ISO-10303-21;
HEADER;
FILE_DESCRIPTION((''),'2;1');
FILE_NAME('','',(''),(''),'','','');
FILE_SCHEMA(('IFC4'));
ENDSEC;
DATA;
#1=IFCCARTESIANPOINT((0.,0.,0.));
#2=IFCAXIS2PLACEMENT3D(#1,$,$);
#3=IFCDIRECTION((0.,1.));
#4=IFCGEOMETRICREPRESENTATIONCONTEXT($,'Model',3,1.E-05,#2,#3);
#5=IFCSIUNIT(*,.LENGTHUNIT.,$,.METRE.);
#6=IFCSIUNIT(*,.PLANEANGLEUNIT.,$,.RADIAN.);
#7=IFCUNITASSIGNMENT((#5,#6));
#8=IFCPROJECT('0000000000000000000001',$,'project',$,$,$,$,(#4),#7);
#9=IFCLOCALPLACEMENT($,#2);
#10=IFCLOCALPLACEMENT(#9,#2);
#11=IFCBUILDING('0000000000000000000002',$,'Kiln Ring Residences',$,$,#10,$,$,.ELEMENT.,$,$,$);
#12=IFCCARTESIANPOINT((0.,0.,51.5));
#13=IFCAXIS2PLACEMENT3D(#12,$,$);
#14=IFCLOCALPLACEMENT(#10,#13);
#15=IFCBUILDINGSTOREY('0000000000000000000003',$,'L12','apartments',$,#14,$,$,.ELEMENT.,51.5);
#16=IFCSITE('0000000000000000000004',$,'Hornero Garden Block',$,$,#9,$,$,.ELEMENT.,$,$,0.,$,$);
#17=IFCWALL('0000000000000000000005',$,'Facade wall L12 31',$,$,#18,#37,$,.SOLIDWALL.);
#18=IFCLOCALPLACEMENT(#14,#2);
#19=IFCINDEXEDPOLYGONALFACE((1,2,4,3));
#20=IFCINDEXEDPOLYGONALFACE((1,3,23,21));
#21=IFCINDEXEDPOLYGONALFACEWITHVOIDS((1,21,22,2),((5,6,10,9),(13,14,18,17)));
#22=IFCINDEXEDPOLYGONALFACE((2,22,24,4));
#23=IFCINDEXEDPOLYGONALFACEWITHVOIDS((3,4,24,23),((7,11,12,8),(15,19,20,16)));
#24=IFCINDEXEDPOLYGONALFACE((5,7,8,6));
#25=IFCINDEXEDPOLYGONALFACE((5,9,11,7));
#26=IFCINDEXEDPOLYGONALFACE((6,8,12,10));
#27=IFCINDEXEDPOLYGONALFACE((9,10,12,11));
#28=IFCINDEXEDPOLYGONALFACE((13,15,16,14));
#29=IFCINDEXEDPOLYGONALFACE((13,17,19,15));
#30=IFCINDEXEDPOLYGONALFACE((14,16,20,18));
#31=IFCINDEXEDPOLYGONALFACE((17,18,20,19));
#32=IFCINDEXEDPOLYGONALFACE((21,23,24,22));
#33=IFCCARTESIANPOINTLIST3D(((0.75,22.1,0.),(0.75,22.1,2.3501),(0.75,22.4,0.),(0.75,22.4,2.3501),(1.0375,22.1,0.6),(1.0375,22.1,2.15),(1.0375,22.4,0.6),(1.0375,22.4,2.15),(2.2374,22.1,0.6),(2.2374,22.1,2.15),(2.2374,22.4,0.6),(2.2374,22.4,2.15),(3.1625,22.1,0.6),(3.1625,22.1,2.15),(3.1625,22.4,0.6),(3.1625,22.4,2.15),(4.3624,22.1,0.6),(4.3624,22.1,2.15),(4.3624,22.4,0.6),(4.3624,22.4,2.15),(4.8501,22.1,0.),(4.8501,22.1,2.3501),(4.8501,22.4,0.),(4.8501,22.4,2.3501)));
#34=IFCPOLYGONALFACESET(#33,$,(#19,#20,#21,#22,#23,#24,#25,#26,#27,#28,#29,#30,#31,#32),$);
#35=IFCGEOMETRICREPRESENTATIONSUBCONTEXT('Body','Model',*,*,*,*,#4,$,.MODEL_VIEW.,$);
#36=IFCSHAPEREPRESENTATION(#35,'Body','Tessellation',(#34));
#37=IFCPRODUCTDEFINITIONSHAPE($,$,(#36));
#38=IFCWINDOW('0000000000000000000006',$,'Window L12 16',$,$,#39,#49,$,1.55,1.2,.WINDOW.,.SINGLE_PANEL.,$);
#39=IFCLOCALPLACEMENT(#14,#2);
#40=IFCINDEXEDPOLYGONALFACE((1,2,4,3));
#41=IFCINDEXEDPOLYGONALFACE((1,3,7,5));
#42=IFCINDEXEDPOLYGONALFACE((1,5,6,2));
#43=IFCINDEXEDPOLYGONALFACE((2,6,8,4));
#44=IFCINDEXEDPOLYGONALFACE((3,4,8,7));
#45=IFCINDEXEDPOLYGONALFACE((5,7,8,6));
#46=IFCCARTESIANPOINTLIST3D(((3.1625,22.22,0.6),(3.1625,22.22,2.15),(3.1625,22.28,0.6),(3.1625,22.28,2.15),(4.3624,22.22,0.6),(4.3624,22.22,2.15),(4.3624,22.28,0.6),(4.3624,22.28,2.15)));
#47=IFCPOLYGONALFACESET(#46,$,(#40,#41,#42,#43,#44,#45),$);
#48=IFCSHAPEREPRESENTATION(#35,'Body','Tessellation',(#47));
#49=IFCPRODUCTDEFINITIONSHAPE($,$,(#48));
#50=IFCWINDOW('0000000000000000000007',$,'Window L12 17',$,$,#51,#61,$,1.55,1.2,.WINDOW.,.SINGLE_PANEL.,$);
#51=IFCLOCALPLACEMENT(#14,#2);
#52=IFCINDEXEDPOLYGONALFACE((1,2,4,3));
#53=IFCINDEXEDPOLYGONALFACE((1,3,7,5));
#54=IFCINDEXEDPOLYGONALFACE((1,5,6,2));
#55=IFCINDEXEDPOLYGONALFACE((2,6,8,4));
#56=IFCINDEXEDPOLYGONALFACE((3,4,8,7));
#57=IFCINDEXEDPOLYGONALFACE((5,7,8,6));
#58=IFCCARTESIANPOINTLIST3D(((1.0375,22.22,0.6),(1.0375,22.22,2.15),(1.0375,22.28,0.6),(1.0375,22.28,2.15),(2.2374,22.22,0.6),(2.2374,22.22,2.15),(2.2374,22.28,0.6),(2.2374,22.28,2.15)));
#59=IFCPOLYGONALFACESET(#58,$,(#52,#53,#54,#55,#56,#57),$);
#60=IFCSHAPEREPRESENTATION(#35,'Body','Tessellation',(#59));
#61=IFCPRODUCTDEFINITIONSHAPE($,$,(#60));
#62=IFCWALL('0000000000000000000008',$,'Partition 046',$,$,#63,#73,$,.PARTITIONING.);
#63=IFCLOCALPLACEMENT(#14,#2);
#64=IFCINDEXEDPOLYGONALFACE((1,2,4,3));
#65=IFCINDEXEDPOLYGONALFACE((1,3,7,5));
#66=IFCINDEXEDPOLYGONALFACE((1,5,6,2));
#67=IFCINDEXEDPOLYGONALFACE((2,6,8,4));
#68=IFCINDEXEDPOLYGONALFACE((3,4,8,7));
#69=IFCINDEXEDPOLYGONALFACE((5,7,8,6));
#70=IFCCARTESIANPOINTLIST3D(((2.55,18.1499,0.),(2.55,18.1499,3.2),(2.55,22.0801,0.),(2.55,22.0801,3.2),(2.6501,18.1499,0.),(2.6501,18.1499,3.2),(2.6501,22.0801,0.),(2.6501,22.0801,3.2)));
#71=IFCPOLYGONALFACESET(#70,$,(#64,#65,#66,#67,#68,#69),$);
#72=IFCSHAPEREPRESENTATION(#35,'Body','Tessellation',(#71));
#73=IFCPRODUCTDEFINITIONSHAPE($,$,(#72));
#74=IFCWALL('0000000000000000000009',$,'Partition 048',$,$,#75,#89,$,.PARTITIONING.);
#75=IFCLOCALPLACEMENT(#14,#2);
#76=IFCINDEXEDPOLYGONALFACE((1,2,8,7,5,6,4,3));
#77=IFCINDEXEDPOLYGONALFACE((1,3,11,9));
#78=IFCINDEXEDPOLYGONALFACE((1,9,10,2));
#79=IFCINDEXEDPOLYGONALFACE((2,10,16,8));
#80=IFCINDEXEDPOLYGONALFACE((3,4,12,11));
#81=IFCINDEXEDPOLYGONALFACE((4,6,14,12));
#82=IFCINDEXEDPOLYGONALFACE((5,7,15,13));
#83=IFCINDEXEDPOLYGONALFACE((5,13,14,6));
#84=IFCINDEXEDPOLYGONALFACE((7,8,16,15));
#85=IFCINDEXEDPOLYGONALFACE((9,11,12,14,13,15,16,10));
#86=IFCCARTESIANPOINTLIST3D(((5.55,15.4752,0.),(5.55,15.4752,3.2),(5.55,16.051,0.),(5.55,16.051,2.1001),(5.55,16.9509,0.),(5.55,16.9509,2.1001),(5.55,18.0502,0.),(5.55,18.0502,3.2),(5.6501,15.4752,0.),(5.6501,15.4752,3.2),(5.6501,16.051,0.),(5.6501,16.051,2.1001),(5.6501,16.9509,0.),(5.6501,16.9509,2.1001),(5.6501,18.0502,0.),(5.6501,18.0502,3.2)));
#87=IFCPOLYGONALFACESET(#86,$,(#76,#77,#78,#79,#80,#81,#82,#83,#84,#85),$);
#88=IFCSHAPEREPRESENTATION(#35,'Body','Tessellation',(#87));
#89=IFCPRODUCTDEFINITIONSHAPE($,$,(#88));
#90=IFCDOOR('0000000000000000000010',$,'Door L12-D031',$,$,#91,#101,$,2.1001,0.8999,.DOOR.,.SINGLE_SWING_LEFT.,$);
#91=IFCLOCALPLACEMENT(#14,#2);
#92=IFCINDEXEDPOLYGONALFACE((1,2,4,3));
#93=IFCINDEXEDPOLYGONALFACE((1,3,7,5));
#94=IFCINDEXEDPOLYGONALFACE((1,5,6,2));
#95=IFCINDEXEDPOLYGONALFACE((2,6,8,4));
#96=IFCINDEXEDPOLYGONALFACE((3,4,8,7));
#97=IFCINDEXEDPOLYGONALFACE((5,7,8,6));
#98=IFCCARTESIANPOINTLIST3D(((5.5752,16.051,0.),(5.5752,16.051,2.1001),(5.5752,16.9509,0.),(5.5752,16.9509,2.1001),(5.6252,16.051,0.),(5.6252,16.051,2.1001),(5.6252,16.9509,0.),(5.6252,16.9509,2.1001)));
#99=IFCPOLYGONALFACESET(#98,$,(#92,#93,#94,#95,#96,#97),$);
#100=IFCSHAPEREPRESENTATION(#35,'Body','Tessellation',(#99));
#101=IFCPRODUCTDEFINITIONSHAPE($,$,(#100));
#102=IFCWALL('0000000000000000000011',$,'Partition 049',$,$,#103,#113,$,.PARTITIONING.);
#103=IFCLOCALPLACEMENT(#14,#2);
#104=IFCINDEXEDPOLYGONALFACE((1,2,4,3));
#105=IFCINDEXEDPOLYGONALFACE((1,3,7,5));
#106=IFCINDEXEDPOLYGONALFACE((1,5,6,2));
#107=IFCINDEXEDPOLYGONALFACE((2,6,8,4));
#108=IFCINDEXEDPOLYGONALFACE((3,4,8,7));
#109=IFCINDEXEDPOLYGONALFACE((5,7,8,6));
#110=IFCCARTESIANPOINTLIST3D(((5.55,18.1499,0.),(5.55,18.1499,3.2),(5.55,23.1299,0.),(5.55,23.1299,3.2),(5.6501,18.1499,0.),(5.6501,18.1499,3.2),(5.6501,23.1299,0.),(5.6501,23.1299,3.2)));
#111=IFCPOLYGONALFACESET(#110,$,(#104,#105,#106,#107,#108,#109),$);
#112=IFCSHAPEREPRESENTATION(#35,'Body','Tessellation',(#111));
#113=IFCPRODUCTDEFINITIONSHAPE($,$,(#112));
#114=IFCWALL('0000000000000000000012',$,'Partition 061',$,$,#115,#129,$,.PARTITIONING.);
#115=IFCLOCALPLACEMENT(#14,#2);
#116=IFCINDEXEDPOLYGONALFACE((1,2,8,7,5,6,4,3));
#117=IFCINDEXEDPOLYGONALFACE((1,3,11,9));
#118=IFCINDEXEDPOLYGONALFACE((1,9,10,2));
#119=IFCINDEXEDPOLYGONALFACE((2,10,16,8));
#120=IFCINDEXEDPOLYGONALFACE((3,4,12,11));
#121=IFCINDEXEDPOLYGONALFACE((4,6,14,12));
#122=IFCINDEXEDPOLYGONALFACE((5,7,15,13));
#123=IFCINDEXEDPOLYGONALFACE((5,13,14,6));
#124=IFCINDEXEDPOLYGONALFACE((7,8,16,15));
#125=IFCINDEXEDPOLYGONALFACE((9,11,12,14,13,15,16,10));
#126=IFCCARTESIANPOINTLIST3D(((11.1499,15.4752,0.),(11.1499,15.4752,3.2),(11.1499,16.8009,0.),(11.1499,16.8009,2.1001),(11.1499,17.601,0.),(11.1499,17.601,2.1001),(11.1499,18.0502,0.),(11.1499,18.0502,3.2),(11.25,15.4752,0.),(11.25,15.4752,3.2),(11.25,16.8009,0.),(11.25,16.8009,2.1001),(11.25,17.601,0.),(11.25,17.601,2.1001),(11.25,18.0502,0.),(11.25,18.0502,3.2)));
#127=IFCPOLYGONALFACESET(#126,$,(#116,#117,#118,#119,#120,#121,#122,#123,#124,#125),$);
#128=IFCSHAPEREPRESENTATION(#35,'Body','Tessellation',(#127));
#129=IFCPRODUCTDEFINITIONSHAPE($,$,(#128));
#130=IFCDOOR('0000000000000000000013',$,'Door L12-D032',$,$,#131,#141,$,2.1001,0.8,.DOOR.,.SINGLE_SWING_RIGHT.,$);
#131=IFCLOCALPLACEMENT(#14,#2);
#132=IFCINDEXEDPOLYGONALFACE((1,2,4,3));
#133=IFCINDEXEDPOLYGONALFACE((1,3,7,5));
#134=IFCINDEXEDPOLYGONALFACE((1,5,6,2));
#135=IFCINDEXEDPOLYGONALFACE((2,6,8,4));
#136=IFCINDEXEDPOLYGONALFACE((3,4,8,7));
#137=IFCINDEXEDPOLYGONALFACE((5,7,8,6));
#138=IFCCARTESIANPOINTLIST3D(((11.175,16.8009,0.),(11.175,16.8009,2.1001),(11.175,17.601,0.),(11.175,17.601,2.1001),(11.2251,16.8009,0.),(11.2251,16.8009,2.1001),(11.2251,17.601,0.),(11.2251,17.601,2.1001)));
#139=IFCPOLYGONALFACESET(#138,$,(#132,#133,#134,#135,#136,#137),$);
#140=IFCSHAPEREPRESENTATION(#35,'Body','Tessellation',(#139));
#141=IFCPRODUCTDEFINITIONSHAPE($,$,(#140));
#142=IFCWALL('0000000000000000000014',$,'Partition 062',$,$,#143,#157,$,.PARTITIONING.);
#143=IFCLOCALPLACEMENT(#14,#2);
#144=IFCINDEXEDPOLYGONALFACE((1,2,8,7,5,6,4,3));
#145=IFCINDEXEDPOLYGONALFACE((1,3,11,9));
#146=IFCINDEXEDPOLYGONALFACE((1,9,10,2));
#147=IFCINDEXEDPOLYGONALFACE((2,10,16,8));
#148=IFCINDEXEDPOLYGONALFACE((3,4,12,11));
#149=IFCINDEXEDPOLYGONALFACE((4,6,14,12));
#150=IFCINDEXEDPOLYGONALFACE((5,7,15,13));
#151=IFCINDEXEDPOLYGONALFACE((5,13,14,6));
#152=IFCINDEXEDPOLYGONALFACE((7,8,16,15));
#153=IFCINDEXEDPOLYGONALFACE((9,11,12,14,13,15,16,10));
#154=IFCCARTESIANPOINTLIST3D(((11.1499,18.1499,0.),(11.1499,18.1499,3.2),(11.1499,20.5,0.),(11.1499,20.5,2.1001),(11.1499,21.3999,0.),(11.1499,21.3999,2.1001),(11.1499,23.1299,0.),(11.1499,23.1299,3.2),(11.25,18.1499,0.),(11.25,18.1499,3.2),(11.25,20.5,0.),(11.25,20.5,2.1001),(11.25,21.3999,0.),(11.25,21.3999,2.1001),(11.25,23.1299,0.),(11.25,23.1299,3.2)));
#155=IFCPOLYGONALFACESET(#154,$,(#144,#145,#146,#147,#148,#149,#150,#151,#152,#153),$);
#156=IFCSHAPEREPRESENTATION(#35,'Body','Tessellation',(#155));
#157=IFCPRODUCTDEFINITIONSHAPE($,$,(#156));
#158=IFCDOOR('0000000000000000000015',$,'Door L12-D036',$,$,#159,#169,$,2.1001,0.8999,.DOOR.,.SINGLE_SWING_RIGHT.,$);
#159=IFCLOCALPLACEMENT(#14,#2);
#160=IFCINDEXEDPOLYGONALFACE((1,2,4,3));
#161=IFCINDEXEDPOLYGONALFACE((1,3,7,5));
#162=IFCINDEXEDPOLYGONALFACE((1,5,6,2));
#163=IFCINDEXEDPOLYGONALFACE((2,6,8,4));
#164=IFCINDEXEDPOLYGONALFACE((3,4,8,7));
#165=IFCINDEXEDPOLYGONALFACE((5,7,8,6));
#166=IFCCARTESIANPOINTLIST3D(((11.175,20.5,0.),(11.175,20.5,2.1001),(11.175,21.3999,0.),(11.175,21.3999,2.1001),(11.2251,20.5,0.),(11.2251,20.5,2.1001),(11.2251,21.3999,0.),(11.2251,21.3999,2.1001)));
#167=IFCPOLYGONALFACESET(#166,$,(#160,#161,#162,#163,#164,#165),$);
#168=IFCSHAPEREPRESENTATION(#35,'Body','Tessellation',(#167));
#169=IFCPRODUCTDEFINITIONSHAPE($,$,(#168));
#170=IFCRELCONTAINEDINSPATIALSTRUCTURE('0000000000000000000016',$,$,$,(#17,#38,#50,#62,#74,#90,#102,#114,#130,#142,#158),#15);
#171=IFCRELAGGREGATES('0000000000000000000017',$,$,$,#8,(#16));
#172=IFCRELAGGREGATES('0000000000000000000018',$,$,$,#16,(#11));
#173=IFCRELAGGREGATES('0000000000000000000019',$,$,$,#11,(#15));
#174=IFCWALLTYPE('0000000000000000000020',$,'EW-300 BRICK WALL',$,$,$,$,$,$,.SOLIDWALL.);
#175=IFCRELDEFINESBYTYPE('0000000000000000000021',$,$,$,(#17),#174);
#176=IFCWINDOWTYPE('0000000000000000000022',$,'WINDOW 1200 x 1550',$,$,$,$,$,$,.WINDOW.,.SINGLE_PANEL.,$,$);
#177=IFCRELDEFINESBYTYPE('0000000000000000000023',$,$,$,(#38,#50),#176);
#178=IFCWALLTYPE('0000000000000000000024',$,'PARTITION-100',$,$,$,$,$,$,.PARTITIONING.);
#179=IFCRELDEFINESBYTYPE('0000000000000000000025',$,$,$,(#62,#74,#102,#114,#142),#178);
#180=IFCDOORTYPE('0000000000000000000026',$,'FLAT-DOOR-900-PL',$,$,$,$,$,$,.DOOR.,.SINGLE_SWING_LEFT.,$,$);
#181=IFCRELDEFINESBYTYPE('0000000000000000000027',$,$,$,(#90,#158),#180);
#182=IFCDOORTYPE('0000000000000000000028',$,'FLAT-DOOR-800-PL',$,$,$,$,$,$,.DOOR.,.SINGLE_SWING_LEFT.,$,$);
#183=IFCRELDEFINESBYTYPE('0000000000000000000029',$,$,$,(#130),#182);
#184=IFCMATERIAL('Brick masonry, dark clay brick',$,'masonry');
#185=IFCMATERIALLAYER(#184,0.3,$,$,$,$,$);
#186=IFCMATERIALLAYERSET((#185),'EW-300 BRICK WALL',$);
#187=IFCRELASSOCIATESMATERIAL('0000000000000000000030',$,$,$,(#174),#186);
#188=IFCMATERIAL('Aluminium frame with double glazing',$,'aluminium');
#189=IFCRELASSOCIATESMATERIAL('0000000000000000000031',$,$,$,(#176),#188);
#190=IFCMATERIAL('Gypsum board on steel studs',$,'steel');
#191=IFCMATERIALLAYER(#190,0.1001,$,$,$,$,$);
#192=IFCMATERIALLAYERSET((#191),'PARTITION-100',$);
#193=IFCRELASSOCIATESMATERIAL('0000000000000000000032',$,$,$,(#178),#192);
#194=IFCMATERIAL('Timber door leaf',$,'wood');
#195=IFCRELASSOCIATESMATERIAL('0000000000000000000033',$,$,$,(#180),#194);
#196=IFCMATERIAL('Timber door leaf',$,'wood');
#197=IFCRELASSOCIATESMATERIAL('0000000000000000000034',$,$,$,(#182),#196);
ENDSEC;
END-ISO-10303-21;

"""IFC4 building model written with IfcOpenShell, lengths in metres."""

from ifc_helpers import new_model, si_unit, direction, frame, frame_2d, origin, place, context, subcontext, project, spatial, rectangle, extrude, material, layer, layer_set, type_object, element, fill, save


model = new_model("IFC4")

# Units and contexts
model_context = context("Model", 3, precision=1e-05, world=origin(), true_north=direction((0.0, 1.0)))
body_context = subcontext(model_context, "Body", "Model", "MODEL_VIEW")
ifc_project = project(units=[si_unit("LENGTHUNIT", "METRE"), si_unit("PLANEANGLEUNIT", "RADIAN")], contexts=[model_context])

# Site, building, storey
site_placement = place(None, origin())
site = spatial("IfcSite", under=ifc_project, at=site_placement, Name="Hornero Garden Block", CompositionType="ELEMENT", RefElevation=0.0)
building_placement = place(site_placement, origin())
building = spatial("IfcBuilding", under=site, at=building_placement, Name="Kiln Ring Residences", CompositionType="ELEMENT")
storey_placement = place(building_placement, frame((0.0, 0.0, 51.5)))
storey = spatial("IfcBuildingStorey", under=building, at=storey_placement, Name="L12", Description="apartments", CompositionType="ELEMENT", Elevation=51.5)

# Shared definitions
ifc_material_1 = material(Name="Brick masonry, dark clay brick", Category="masonry")
ifc_layer_1 = layer(ifc_material_1, 0.3)
ifc_layer_set_1 = layer_set([ifc_layer_1], Name="EW-300 BRICK WALL")
wall_type_1 = type_object("IfcWallType", Name="EW-300 BRICK WALL", PredefinedType="SOLIDWALL", material=ifc_layer_set_1)

# Wall, openings, windows
wall_1_placement = place(storey_placement, frame((4.8501, 22.25, 0.0), z_axis=(0.0, 0.0, 1.0), x_axis=(-1.0, 0.0, 0.0)))
wall_1 = element("IfcWall", 1, at=wall_1_placement, inside=storey, type_object=wall_type_1, Name="Facade wall L12 31", PredefinedType="SOLIDWALL", context=body_context, shape_type="SweptSolid", body=[
    extrude(rectangle(XDim=4.1001, YDim=0.3, at=frame_2d((2.05, 0.0))), origin(), (0.0, 0.0, 1.0), 2.3501),
])
opening_1_placement = place(wall_1_placement, frame((0.4875, 0.0, 0.6001)))
opening_1 = element("IfcOpeningElement", 2, at=opening_1_placement, cuts=wall_1, PredefinedType="OPENING", context=body_context, shape_type="SweptSolid", body=[
    extrude(rectangle(XDim=1.2, YDim=1.55, at=frame_2d((0.6001, 0.7749))), frame((0.0, 0.1599, 0.0), z_axis=(0.0, -1.0, 0.0), x_axis=(1.0, 0.0, 0.0)), (0.0, 0.0, 1.0), 0.3201),
])
opening_2_placement = place(wall_1_placement, frame((2.6125, 0.0, 0.6001)))
opening_2 = element("IfcOpeningElement", 3, at=opening_2_placement, cuts=wall_1, PredefinedType="OPENING", context=body_context, shape_type="SweptSolid", body=[
    extrude(rectangle(XDim=1.2, YDim=1.55, at=frame_2d((0.6001, 0.7749))), frame((0.0, 0.1599, 0.0), z_axis=(0.0, -1.0, 0.0), x_axis=(1.0, 0.0, 0.0)), (0.0, 0.0, 1.0), 0.3201),
])
ifc_material_2 = material(Name="Aluminium frame with double glazing", Category="aluminium")
window_type_1 = type_object("IfcWindowType", Name="WINDOW 1200 x 1550", PartitioningType="SINGLE_PANEL", PredefinedType="WINDOW", material=ifc_material_2)
window_1_placement = place(opening_1_placement, origin())
window_1 = element("IfcWindow", 4, at=window_1_placement, inside=storey, type_object=window_type_1, Name="Window L12 16", OverallHeight=1.55, OverallWidth=1.2, PartitioningType="SINGLE_PANEL", PredefinedType="WINDOW", context=body_context, shape_type="SweptSolid", body=[
    extrude(rectangle(XDim=1.2, YDim=1.55, at=frame_2d((0.6001, 0.7749))), frame((0.0, 0.03, 0.0), z_axis=(0.0, -1.0, 0.0), x_axis=(1.0, 0.0, 0.0)), (0.0, 0.0, 1.0), 0.0601),
])
fill(opening_1, window_1)
window_2_placement = place(opening_2_placement, origin())
window_2 = element("IfcWindow", 5, at=window_2_placement, inside=storey, type_object=window_type_1, Name="Window L12 17", OverallHeight=1.55, OverallWidth=1.2, PartitioningType="SINGLE_PANEL", PredefinedType="WINDOW", context=body_context, shape_type="SweptSolid", body=[
    extrude(rectangle(XDim=1.2, YDim=1.55, at=frame_2d((0.6001, 0.7749))), frame((0.0, 0.03, 0.0), z_axis=(0.0, -1.0, 0.0), x_axis=(1.0, 0.0, 0.0)), (0.0, 0.0, 1.0), 0.0601),
])
fill(opening_2, window_2)

# Wall
ifc_material_3 = material(Name="Gypsum board on steel studs", Category="steel")
ifc_layer_2 = layer(ifc_material_3, 0.1001)
ifc_layer_set_2 = layer_set([ifc_layer_2], Name="PARTITION-100")
wall_type_2 = type_object("IfcWallType", Name="PARTITION-100", PredefinedType="PARTITIONING", material=ifc_layer_set_2)
wall_2_placement = place(storey_placement, frame((2.6001, 18.1499, 0.0), z_axis=(0.0, 0.0, 1.0), x_axis=(0.0, 1.0, 0.0)))
element("IfcWall", 6, at=wall_2_placement, inside=storey, type_object=wall_type_2, Name="Partition 046", PredefinedType="PARTITIONING", context=body_context, shape_type="SweptSolid", body=[
    extrude(rectangle(XDim=3.9302, YDim=0.1001, at=frame_2d((1.9651, 0.0))), origin(), (0.0, 0.0, 1.0), 3.2),
])

# Wall, opening, door
wall_3_placement = place(storey_placement, frame((5.6001, 15.4751, 0.0), z_axis=(0.0, 0.0, 1.0), x_axis=(0.0, 1.0, 0.0)))
wall_3 = element("IfcWall", 7, at=wall_3_placement, inside=storey, type_object=wall_type_2, Name="Partition 048", PredefinedType="PARTITIONING", context=body_context, shape_type="SweptSolid", body=[
    extrude(rectangle(XDim=2.575, YDim=0.1001, at=frame_2d((1.2876, 0.0))), origin(), (0.0, 0.0, 1.0), 3.2),
])
opening_3_placement = place(wall_3_placement, frame((0.5759, 0.0, 0.0)))
opening_3 = element("IfcOpeningElement", 8, at=opening_3_placement, cuts=wall_3, PredefinedType="OPENING", context=body_context, shape_type="SweptSolid", body=[
    extrude(rectangle(XDim=0.8999, YDim=2.1001, at=frame_2d((0.45, 1.05))), frame((0.0, 0.0601, 0.0), z_axis=(0.0, -1.0, 0.0), x_axis=(1.0, 0.0, 0.0)), (0.0, 0.0, 1.0), 0.1201),
])
ifc_material_4 = material(Name="Timber door leaf", Category="wood")
door_type_1 = type_object("IfcDoorType", Name="FLAT-DOOR-900-PL", OperationType="SINGLE_SWING_LEFT", PredefinedType="DOOR", material=ifc_material_4)
door_1_placement = place(opening_3_placement, origin())
door_1 = element("IfcDoor", 9, at=door_1_placement, inside=storey, type_object=door_type_1, Name="Door L12-D031", OperationType="SINGLE_SWING_LEFT", OverallHeight=2.1001, OverallWidth=0.8999, PredefinedType="DOOR", context=body_context, shape_type="SweptSolid", body=[
    extrude(rectangle(XDim=0.8999, YDim=2.1001, at=frame_2d((0.45, 1.05))), frame((0.0, 0.0249, 0.0), z_axis=(0.0, -1.0, 0.0), x_axis=(1.0, 0.0, 0.0)), (0.0, 0.0, 1.0), 0.05),
])
fill(opening_3, door_1)

# Wall
wall_4_placement = place(storey_placement, frame((5.6001, 18.1499, 0.0), z_axis=(0.0, 0.0, 1.0), x_axis=(0.0, 1.0, 0.0)))
element("IfcWall", 10, at=wall_4_placement, inside=storey, type_object=wall_type_2, Name="Partition 049", PredefinedType="PARTITIONING", context=body_context, shape_type="SweptSolid", body=[
    extrude(rectangle(XDim=4.98, YDim=0.1001, at=frame_2d((2.49, 0.0))), origin(), (0.0, 0.0, 1.0), 3.2),
])

# Walls, openings, doors
wall_5_placement = place(storey_placement, frame((11.2, 15.4751, 0.0), z_axis=(0.0, 0.0, 1.0), x_axis=(0.0, 1.0, 0.0)))
wall_5 = element("IfcWall", 11, at=wall_5_placement, inside=storey, type_object=wall_type_2, Name="Partition 061", PredefinedType="PARTITIONING", context=body_context, shape_type="SweptSolid", body=[
    extrude(rectangle(XDim=2.575, YDim=0.1001, at=frame_2d((1.2876, 0.0))), origin(), (0.0, 0.0, 1.0), 3.2),
])
opening_4_placement = place(wall_5_placement, frame((1.3259, 0.0, 0.0)))
opening_4 = element("IfcOpeningElement", 12, at=opening_4_placement, cuts=wall_5, PredefinedType="OPENING", context=body_context, shape_type="SweptSolid", body=[
    extrude(rectangle(XDim=0.8, YDim=2.1001, at=frame_2d((0.3999, 1.05))), frame((0.0, 0.0601, 0.0), z_axis=(0.0, -1.0, 0.0), x_axis=(1.0, 0.0, 0.0)), (0.0, 0.0, 1.0), 0.1201),
])
ifc_material_5 = material(Name="Timber door leaf", Category="wood")
door_type_2 = type_object("IfcDoorType", Name="FLAT-DOOR-800-PL", OperationType="SINGLE_SWING_LEFT", PredefinedType="DOOR", material=ifc_material_5)
door_2_placement = place(opening_4_placement, origin())
door_2 = element("IfcDoor", 13, at=door_2_placement, inside=storey, type_object=door_type_2, Name="Door L12-D032", OperationType="SINGLE_SWING_RIGHT", OverallHeight=2.1001, OverallWidth=0.8, PredefinedType="DOOR", context=body_context, shape_type="SweptSolid", body=[
    extrude(rectangle(XDim=0.8, YDim=2.1001, at=frame_2d((0.3999, 1.05))), frame((0.0, 0.0249, 0.0), z_axis=(0.0, -1.0, 0.0), x_axis=(1.0, 0.0, 0.0)), (0.0, 0.0, 1.0), 0.05),
])
fill(opening_4, door_2)
wall_6_placement = place(storey_placement, frame((11.2, 18.1499, 0.0), z_axis=(0.0, 0.0, 1.0), x_axis=(0.0, 1.0, 0.0)))
wall_6 = element("IfcWall", 14, at=wall_6_placement, inside=storey, type_object=wall_type_2, Name="Partition 062", PredefinedType="PARTITIONING", context=body_context, shape_type="SweptSolid", body=[
    extrude(rectangle(XDim=4.98, YDim=0.1001, at=frame_2d((2.49, 0.0))), origin(), (0.0, 0.0, 1.0), 3.2),
])
opening_5_placement = place(wall_6_placement, frame((2.3501, 0.0, 0.0)))
opening_5 = element("IfcOpeningElement", 15, at=opening_5_placement, cuts=wall_6, PredefinedType="OPENING", context=body_context, shape_type="SweptSolid", body=[
    extrude(rectangle(XDim=0.8999, YDim=2.1001, at=frame_2d((0.45, 1.05))), frame((0.0, 0.0601, 0.0), z_axis=(0.0, -1.0, 0.0), x_axis=(1.0, 0.0, 0.0)), (0.0, 0.0, 1.0), 0.1201),
])
door_3_placement = place(opening_5_placement, origin())
door_3 = element("IfcDoor", 16, at=door_3_placement, inside=storey, type_object=door_type_1, Name="Door L12-D036", OperationType="SINGLE_SWING_RIGHT", OverallHeight=2.1001, OverallWidth=0.8999, PredefinedType="DOOR", context=body_context, shape_type="SweptSolid", body=[
    extrude(rectangle(XDim=0.8999, YDim=2.1001, at=frame_2d((0.45, 1.05))), frame((0.0, 0.0249, 0.0), z_axis=(0.0, -1.0, 0.0), x_axis=(1.0, 0.0, 0.0)), (0.0, 0.0, 1.0), 0.05),
])
fill(opening_5, door_3)

save(model, "model.ifc")
